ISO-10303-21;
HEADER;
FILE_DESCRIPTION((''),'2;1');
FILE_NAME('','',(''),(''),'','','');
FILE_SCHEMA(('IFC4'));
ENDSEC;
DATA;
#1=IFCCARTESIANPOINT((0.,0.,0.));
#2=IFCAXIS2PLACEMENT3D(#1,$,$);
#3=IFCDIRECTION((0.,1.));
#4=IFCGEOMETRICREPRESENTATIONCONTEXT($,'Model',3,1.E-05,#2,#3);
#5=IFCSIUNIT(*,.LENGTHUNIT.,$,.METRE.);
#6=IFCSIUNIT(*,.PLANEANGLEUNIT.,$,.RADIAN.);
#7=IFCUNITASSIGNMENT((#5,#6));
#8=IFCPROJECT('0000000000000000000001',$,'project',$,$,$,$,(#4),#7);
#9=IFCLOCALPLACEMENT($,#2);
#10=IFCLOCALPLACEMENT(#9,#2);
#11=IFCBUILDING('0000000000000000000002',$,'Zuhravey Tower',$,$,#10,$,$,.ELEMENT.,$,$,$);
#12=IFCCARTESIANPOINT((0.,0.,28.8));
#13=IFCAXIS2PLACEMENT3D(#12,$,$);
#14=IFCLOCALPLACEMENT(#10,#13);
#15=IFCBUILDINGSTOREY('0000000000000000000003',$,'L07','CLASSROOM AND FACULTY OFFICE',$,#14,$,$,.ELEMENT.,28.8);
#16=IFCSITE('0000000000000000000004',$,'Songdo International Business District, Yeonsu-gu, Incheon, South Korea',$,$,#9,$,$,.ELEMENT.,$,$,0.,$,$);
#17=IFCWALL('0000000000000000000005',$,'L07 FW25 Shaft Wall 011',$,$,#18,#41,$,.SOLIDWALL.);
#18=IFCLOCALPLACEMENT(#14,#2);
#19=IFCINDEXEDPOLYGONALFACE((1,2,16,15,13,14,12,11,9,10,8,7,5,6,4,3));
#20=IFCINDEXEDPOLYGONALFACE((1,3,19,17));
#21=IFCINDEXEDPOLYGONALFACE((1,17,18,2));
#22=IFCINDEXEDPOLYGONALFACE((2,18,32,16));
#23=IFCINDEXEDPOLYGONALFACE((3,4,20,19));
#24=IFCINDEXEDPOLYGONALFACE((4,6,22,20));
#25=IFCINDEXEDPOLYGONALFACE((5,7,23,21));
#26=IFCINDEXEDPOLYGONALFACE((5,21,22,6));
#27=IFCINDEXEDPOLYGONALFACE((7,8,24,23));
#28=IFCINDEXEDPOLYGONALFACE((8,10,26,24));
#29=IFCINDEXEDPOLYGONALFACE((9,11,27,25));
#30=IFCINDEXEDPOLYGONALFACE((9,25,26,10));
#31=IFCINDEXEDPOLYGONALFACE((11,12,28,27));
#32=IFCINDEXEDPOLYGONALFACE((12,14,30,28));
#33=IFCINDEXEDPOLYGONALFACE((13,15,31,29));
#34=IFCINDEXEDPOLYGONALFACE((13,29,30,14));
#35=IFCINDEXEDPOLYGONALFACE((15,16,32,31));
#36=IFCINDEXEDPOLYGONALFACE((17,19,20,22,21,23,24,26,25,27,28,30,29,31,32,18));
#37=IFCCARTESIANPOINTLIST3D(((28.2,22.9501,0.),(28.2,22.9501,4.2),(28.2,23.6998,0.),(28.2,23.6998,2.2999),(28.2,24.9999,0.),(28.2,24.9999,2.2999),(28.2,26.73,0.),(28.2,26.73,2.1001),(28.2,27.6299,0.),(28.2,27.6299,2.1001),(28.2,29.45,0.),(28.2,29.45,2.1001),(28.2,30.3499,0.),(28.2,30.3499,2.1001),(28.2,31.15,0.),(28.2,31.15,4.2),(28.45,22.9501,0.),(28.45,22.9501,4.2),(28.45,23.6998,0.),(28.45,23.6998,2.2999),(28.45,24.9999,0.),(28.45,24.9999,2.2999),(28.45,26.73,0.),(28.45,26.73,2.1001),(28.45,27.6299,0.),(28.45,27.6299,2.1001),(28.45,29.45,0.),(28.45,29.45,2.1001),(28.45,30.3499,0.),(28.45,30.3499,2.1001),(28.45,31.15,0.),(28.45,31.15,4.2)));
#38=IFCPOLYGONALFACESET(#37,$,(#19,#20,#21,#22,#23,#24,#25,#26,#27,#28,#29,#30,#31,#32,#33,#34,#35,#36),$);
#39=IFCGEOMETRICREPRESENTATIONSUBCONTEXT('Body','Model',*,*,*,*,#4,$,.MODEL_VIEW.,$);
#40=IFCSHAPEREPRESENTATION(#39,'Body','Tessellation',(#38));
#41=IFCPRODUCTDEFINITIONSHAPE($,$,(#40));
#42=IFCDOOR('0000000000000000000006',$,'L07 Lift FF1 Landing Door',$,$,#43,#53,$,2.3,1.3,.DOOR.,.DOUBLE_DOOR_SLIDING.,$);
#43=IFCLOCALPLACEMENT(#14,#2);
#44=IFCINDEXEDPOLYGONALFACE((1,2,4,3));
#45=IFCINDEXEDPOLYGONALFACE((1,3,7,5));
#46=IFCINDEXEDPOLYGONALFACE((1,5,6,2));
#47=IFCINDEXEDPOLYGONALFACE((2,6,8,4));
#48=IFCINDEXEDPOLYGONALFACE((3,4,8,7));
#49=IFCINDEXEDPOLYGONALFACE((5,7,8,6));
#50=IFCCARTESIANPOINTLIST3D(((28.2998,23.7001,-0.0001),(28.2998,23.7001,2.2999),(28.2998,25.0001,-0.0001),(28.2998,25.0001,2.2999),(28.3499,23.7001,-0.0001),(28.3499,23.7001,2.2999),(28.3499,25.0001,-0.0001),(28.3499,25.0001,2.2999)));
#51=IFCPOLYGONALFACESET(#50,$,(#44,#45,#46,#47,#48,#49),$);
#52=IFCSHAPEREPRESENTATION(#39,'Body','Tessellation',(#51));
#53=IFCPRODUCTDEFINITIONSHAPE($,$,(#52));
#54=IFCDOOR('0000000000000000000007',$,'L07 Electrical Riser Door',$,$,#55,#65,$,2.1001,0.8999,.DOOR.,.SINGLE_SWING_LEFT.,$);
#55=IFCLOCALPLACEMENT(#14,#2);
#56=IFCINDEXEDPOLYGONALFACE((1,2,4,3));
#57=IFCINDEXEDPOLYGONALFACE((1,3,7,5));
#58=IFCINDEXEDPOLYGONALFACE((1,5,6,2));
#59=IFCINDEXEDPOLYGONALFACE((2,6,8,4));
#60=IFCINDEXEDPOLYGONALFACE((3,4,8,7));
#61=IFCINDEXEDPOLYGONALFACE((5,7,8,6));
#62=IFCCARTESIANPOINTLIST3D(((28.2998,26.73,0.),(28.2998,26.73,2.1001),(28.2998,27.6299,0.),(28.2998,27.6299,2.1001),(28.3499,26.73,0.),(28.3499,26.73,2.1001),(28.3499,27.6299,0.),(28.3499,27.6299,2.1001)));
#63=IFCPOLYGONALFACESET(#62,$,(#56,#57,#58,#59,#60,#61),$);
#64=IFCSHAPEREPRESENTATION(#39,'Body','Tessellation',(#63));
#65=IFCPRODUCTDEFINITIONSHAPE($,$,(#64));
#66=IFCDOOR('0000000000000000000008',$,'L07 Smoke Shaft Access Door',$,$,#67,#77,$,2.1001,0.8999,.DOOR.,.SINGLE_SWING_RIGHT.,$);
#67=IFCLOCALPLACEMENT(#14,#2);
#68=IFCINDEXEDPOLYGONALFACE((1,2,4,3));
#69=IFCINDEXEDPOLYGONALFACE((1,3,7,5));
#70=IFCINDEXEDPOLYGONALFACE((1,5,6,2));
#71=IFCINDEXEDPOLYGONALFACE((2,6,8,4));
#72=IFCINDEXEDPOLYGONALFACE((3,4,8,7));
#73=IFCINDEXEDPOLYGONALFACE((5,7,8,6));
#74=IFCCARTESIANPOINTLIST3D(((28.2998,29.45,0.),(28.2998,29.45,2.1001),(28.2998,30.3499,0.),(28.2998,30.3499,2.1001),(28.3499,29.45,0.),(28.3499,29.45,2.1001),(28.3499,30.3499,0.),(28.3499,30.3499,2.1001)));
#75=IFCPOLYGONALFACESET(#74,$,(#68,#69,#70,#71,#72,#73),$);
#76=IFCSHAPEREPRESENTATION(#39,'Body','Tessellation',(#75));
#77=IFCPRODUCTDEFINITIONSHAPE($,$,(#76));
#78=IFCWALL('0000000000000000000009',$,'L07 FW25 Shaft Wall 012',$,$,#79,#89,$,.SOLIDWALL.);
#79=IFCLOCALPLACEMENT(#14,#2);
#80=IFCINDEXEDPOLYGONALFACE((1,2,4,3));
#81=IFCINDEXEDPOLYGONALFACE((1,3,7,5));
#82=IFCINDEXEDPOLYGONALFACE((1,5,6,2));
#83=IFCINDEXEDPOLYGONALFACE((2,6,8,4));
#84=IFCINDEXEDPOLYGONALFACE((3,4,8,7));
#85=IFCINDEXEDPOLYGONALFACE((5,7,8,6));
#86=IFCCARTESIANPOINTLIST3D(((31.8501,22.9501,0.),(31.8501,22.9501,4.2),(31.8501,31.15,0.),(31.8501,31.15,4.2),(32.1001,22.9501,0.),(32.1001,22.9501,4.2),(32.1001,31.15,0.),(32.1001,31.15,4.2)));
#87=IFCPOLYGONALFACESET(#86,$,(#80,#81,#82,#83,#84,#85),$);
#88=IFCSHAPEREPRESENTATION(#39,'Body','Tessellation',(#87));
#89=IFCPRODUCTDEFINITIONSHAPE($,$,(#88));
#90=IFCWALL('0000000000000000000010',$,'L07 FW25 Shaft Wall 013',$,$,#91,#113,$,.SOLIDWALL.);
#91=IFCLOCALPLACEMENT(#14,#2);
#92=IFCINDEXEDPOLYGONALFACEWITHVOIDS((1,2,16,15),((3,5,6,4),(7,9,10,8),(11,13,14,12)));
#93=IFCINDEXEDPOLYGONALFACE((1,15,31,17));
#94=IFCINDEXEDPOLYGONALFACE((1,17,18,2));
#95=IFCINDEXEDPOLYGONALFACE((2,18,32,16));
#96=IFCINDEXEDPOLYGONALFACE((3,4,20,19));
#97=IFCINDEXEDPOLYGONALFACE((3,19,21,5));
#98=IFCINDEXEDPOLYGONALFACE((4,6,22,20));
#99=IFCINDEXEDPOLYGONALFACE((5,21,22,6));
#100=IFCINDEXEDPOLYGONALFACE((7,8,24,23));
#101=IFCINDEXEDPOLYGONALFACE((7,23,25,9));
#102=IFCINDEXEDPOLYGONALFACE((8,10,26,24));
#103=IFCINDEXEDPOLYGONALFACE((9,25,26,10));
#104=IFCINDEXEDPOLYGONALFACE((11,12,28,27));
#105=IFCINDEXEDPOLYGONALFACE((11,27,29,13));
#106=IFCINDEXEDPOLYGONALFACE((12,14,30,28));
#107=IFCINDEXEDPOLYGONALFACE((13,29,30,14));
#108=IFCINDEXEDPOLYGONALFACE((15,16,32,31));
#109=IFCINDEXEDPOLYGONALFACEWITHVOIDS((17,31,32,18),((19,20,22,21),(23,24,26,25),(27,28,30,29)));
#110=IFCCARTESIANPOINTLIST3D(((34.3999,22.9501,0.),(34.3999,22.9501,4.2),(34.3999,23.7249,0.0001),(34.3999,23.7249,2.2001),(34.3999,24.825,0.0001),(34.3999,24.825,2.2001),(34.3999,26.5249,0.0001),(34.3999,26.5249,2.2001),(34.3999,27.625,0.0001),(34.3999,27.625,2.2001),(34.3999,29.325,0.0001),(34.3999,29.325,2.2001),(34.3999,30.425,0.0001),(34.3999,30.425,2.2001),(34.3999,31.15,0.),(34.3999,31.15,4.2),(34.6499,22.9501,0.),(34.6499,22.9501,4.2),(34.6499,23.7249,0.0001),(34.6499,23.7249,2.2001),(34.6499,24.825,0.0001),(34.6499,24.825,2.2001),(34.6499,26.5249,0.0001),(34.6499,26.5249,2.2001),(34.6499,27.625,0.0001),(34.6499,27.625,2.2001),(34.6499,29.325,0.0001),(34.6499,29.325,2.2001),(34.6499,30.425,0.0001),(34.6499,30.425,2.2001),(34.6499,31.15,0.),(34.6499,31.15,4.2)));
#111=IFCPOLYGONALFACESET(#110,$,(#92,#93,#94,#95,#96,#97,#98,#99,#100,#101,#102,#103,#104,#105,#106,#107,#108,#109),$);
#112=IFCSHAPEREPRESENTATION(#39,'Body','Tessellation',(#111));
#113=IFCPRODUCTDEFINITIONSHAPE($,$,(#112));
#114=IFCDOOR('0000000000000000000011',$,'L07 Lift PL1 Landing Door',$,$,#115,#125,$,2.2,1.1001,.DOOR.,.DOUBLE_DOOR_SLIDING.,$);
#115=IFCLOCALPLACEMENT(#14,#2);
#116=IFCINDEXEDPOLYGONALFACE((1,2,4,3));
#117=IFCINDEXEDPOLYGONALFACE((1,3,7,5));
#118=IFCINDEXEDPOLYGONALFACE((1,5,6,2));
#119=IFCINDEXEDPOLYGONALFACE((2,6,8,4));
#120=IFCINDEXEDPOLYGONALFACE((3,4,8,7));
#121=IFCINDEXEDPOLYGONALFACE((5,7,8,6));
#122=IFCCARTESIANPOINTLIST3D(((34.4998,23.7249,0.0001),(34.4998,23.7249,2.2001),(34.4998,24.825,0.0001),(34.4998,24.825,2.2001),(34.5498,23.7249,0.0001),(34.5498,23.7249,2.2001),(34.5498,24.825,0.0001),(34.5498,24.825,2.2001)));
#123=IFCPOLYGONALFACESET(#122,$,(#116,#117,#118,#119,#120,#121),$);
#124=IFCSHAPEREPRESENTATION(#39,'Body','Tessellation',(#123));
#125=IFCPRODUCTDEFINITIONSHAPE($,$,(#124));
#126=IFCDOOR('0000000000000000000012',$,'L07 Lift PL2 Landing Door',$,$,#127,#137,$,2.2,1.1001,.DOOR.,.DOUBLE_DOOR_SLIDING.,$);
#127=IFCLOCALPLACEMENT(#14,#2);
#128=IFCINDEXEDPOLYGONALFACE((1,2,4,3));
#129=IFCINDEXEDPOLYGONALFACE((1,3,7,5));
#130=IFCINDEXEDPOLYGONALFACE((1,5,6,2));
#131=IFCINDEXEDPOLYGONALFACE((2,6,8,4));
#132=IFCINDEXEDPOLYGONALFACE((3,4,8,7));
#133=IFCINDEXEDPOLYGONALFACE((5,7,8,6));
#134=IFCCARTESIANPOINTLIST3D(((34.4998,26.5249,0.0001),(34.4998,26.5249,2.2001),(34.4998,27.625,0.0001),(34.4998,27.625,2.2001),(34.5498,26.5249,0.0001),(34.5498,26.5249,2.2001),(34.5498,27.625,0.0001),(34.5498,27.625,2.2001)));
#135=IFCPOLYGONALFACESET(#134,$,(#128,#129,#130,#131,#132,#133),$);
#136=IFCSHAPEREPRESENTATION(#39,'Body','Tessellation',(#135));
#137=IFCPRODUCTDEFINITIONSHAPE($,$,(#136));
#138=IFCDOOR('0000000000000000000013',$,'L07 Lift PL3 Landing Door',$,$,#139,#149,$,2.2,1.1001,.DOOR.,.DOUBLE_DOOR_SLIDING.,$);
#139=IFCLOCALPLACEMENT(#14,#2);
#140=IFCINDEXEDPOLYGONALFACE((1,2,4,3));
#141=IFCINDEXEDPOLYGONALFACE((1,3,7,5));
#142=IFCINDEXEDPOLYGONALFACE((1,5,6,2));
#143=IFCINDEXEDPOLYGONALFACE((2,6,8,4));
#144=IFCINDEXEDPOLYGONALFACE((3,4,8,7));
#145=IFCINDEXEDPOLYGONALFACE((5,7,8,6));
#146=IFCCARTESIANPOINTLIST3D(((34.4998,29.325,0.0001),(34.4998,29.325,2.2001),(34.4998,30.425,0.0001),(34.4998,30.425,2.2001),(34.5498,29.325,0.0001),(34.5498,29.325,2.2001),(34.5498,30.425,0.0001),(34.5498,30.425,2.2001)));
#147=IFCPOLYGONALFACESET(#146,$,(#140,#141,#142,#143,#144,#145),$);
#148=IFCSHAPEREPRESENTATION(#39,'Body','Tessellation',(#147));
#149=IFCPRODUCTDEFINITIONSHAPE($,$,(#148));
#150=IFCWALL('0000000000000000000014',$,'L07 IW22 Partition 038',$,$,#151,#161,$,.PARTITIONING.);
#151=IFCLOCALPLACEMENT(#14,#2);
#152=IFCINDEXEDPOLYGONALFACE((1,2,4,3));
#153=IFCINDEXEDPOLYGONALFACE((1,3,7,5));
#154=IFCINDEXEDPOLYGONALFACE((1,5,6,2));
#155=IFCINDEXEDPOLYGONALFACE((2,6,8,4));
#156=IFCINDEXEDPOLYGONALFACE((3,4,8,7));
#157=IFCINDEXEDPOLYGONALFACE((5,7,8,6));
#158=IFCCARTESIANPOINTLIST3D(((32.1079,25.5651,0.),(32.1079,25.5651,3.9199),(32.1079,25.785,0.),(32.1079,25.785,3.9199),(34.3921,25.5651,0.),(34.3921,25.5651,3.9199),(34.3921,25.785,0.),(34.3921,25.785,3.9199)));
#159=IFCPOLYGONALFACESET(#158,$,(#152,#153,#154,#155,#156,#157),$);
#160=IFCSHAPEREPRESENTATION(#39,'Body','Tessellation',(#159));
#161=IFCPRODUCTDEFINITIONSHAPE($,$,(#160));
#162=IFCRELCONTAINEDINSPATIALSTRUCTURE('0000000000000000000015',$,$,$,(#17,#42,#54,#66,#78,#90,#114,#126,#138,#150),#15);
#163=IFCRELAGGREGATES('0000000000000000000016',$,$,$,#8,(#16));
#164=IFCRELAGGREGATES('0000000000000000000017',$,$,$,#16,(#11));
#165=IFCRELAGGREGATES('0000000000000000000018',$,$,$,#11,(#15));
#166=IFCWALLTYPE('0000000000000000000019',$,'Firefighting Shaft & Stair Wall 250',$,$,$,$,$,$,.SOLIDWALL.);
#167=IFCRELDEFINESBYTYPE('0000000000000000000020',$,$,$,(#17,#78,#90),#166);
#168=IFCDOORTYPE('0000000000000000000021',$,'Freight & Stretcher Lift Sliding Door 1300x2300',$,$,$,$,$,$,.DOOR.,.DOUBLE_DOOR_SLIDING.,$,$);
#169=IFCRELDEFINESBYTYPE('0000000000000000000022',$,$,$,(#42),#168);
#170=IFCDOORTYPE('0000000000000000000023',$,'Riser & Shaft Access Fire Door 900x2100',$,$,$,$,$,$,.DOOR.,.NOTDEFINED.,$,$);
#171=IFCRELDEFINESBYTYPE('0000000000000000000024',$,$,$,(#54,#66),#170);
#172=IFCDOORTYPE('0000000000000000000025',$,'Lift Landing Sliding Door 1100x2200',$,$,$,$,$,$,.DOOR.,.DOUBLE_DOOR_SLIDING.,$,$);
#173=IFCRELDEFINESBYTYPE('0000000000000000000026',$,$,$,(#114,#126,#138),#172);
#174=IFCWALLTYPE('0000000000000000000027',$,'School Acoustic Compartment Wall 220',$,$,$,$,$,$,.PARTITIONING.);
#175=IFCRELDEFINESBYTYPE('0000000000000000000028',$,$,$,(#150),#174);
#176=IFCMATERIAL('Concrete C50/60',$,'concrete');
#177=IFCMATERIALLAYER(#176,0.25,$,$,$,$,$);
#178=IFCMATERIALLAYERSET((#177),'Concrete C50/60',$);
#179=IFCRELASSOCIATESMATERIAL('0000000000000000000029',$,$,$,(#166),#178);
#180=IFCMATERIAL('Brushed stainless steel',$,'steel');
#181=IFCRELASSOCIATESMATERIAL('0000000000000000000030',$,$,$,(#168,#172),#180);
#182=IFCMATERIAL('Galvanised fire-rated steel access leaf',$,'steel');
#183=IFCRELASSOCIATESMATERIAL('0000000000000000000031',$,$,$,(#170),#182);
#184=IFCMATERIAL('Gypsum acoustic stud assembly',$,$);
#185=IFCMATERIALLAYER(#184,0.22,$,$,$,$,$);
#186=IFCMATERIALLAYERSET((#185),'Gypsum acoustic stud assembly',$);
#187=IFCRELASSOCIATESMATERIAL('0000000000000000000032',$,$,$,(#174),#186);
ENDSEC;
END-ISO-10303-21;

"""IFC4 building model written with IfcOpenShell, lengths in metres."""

from ifc_helpers import new_model, si_unit, direction, frame, frame_2d, origin, place, context, subcontext, project, spatial, rectangle, extrude, material, layer, layer_set, type_object, element, fill, save


model = new_model("IFC4")

# Units and contexts
model_context = context("Model", 3, precision=1e-05, world=origin(), true_north=direction((0.0, 1.0)))
body_context = subcontext(model_context, "Body", "Model", "MODEL_VIEW")
ifc_project = project(units=[si_unit("LENGTHUNIT", "METRE"), si_unit("PLANEANGLEUNIT", "RADIAN")], contexts=[model_context])

# Site, building, storey
site_placement = place(None, origin())
site = spatial("IfcSite", under=ifc_project, at=site_placement, Name="Songdo International Business District, Yeonsu-gu, Incheon, South Korea", CompositionType="ELEMENT", RefElevation=0.0)
building_placement = place(site_placement, origin())
building = spatial("IfcBuilding", under=site, at=building_placement, Name="Zuhravey Tower", CompositionType="ELEMENT")
storey_placement = place(building_placement, frame((0.0, 0.0, 28.8)))
storey = spatial("IfcBuildingStorey", under=building, at=storey_placement, Name="L07", Description="CLASSROOM AND FACULTY OFFICE", CompositionType="ELEMENT", Elevation=28.8)

# Shared definitions
ifc_material_1 = material(Name="Concrete C50/60", Category="concrete")
ifc_layer_1 = layer(ifc_material_1, 0.25)
ifc_layer_set_1 = layer_set([ifc_layer_1], Name="Concrete C50/60")
wall_type_1 = type_object("IfcWallType", Name="Firefighting Shaft & Stair Wall 250", PredefinedType="SOLIDWALL", material=ifc_layer_set_1)

# Wall, openings, doors
wall_1_placement = place(storey_placement, frame((28.325, 22.95, 0.0), z_axis=(0.0, 0.0, 1.0), x_axis=(0.0, 1.0, 0.0)))
wall_1 = element("IfcWall", 1, at=wall_1_placement, inside=storey, type_object=wall_type_1, Name="L07 FW25 Shaft Wall 011", PredefinedType="SOLIDWALL", context=body_context, shape_type="SweptSolid", body=[
    extrude(rectangle(XDim=8.2, YDim=0.25, at=frame_2d((4.1001, 0.0))), origin(), (0.0, 0.0, 1.0), 4.2),
])
opening_1_placement = place(wall_1_placement, frame((0.75, 0.0, 0.0)))
opening_1 = element("IfcOpeningElement", 2, at=opening_1_placement, cuts=wall_1, PredefinedType="OPENING", context=body_context, shape_type="SweptSolid", body=[
    extrude(rectangle(XDim=1.3, YDim=2.3, at=frame_2d((0.6499, 1.1499))), frame((0.0, 0.137, 0.0), z_axis=(0.0, -1.0, 0.0), x_axis=(1.0, 0.0, 0.0)), (0.0, 0.0, 1.0), 0.2739),
])
opening_2_placement = place(wall_1_placement, frame((3.78, 0.0, 0.0)))
opening_2 = element("IfcOpeningElement", 3, at=opening_2_placement, cuts=wall_1, PredefinedType="OPENING", context=body_context, shape_type="SweptSolid", body=[
    extrude(rectangle(XDim=0.8999, YDim=2.1001, at=frame_2d((0.45, 1.05))), frame((0.0, 0.137, 0.0), z_axis=(0.0, -1.0, 0.0), x_axis=(1.0, 0.0, 0.0)), (0.0, 0.0, 1.0), 0.2739),
])
opening_3_placement = place(wall_1_placement, frame((6.5, 0.0, 0.0)))
opening_3 = element("IfcOpeningElement", 4, at=opening_3_placement, cuts=wall_1, PredefinedType="OPENING", context=body_context, shape_type="SweptSolid", body=[
    extrude(rectangle(XDim=0.8999, YDim=2.1001, at=frame_2d((0.45, 1.05))), frame((0.0, 0.137, 0.0), z_axis=(0.0, -1.0, 0.0), x_axis=(1.0, 0.0, 0.0)), (0.0, 0.0, 1.0), 0.2739),
])
ifc_material_2 = material(Name="Brushed stainless steel", Category="steel")
door_type_1 = type_object("IfcDoorType", Name="Freight & Stretcher Lift Sliding Door 1300x2300", OperationType="DOUBLE_DOOR_SLIDING", PredefinedType="DOOR", material=ifc_material_2)
door_1_placement = place(opening_1_placement, frame((1.3, 0.0, 0.0), z_axis=(0.0, 0.0, 1.0), x_axis=(-1.0, 0.0, 0.0)))
door_1 = element("IfcDoor", 5, at=door_1_placement, inside=storey, type_object=door_type_1, Name="L07 Lift FF1 Landing Door", OperationType="DOUBLE_DOOR_SLIDING", OverallHeight=2.3, OverallWidth=1.3, PredefinedType="DOOR", context=body_context, shape_type="SweptSolid", body=[
    extrude(rectangle(XDim=1.3, YDim=2.3, at=frame_2d((0.6499, 1.1499))), frame((0.0, 0.0249, 0.0), z_axis=(0.0, -1.0, 0.0), x_axis=(1.0, 0.0, 0.0)), (0.0, 0.0, 1.0), 0.05),
])
fill(opening_1, door_1)
ifc_material_3 = material(Name="Galvanised fire-rated steel access leaf", Category="steel")
door_type_2 = type_object("IfcDoorType", Name="Riser & Shaft Access Fire Door 900x2100", OperationType="NOTDEFINED", PredefinedType="DOOR", material=ifc_material_3)
door_2_placement = place(opening_2_placement, frame((0.8999, 0.0, 0.0), z_axis=(0.0, 0.0, 1.0), x_axis=(-1.0, 0.0, 0.0)))
door_2 = element("IfcDoor", 6, at=door_2_placement, inside=storey, type_object=door_type_2, Name="L07 Electrical Riser Door", OperationType="SINGLE_SWING_LEFT", OverallHeight=2.1001, OverallWidth=0.8999, PredefinedType="DOOR", context=body_context, shape_type="SweptSolid", body=[
    extrude(rectangle(XDim=0.8999, YDim=2.1001, at=frame_2d((0.45, 1.05))), frame((0.0, 0.0249, 0.0), z_axis=(0.0, -1.0, 0.0), x_axis=(1.0, 0.0, 0.0)), (0.0, 0.0, 1.0), 0.05),
])
fill(opening_2, door_2)
door_3_placement = place(opening_3_placement, frame((0.8999, 0.0, 0.0), z_axis=(0.0, 0.0, 1.0), x_axis=(-1.0, 0.0, 0.0)))
door_3 = element("IfcDoor", 7, at=door_3_placement, inside=storey, type_object=door_type_2, Name="L07 Smoke Shaft Access Door", OperationType="SINGLE_SWING_RIGHT", OverallHeight=2.1001, OverallWidth=0.8999, PredefinedType="DOOR", context=body_context, shape_type="SweptSolid", body=[
    extrude(rectangle(XDim=0.8999, YDim=2.1001, at=frame_2d((0.45, 1.05))), frame((0.0, 0.0249, 0.0), z_axis=(0.0, -1.0, 0.0), x_axis=(1.0, 0.0, 0.0)), (0.0, 0.0, 1.0), 0.05),
])
fill(opening_3, door_3)

# Wall
wall_2_placement = place(storey_placement, frame((31.9751, 22.95, 0.0), z_axis=(0.0, 0.0, 1.0), x_axis=(0.0, 1.0, 0.0)))
element("IfcWall", 8, at=wall_2_placement, inside=storey, type_object=wall_type_1, Name="L07 FW25 Shaft Wall 012", PredefinedType="SOLIDWALL", context=body_context, shape_type="SweptSolid", body=[
    extrude(rectangle(XDim=8.2, YDim=0.25, at=frame_2d((4.1001, 0.0))), origin(), (0.0, 0.0, 1.0), 4.2),
])

# Wall, openings, doors
wall_3_placement = place(storey_placement, frame((34.5249, 22.95, 0.0), z_axis=(0.0, 0.0, 1.0), x_axis=(0.0, 1.0, 0.0)))
wall_3 = element("IfcWall", 9, at=wall_3_placement, inside=storey, type_object=wall_type_1, Name="L07 FW25 Shaft Wall 013", PredefinedType="SOLIDWALL", context=body_context, shape_type="SweptSolid", body=[
    extrude(rectangle(XDim=8.2, YDim=0.25, at=frame_2d((4.1001, 0.0))), origin(), (0.0, 0.0, 1.0), 4.2),
])
opening_4_placement = place(wall_3_placement, frame((0.7749, 0.0, 0.0)))
opening_4 = element("IfcOpeningElement", 10, at=opening_4_placement, cuts=wall_3, PredefinedType="OPENING", context=body_context, shape_type="SweptSolid", body=[
    extrude(rectangle(XDim=1.1001, YDim=2.2, at=frame_2d((0.55, 1.1001))), frame((0.0, 0.137, 0.0), z_axis=(0.0, -1.0, 0.0), x_axis=(1.0, 0.0, 0.0)), (0.0, 0.0, 1.0), 0.2739),
])
opening_5_placement = place(wall_3_placement, frame((3.575, 0.0, 0.0)))
opening_5 = element("IfcOpeningElement", 11, at=opening_5_placement, cuts=wall_3, PredefinedType="OPENING", context=body_context, shape_type="SweptSolid", body=[
    extrude(rectangle(XDim=1.1001, YDim=2.2, at=frame_2d((0.55, 1.1001))), frame((0.0, 0.137, 0.0), z_axis=(0.0, -1.0, 0.0), x_axis=(1.0, 0.0, 0.0)), (0.0, 0.0, 1.0), 0.2739),
])
opening_6_placement = place(wall_3_placement, frame((6.375, 0.0, 0.0)))
opening_6 = element("IfcOpeningElement", 12, at=opening_6_placement, cuts=wall_3, PredefinedType="OPENING", context=body_context, shape_type="SweptSolid", body=[
    extrude(rectangle(XDim=1.1001, YDim=2.2, at=frame_2d((0.55, 1.1001))), frame((0.0, 0.137, 0.0), z_axis=(0.0, -1.0, 0.0), x_axis=(1.0, 0.0, 0.0)), (0.0, 0.0, 1.0), 0.2739),
])
door_type_3 = type_object("IfcDoorType", Name="Lift Landing Sliding Door 1100x2200", OperationType="DOUBLE_DOOR_SLIDING", PredefinedType="DOOR", material=ifc_material_2)
door_4_placement = place(opening_4_placement, frame((1.1001, 0.0, 0.0), z_axis=(0.0, 0.0, 1.0), x_axis=(-1.0, 0.0, 0.0)))
door_4 = element("IfcDoor", 13, at=door_4_placement, inside=storey, type_object=door_type_3, Name="L07 Lift PL1 Landing Door", OperationType="DOUBLE_DOOR_SLIDING", OverallHeight=2.2, OverallWidth=1.1001, PredefinedType="DOOR", context=body_context, shape_type="SweptSolid", body=[
    extrude(rectangle(XDim=1.1001, YDim=2.2, at=frame_2d((0.55, 1.1001))), frame((0.0, 0.0249, 0.0), z_axis=(0.0, -1.0, 0.0), x_axis=(1.0, 0.0, 0.0)), (0.0, 0.0, 1.0), 0.05),
])
fill(opening_4, door_4)
door_5_placement = place(opening_5_placement, frame((1.1001, 0.0, 0.0), z_axis=(0.0, 0.0, 1.0), x_axis=(-1.0, 0.0, 0.0)))
door_5 = element("IfcDoor", 14, at=door_5_placement, inside=storey, type_object=door_type_3, Name="L07 Lift PL2 Landing Door", OperationType="DOUBLE_DOOR_SLIDING", OverallHeight=2.2, OverallWidth=1.1001, PredefinedType="DOOR", context=body_context, shape_type="SweptSolid", body=[
    extrude(rectangle(XDim=1.1001, YDim=2.2, at=frame_2d((0.55, 1.1001))), frame((0.0, 0.0249, 0.0), z_axis=(0.0, -1.0, 0.0), x_axis=(1.0, 0.0, 0.0)), (0.0, 0.0, 1.0), 0.05),
])
fill(opening_5, door_5)
door_6_placement = place(opening_6_placement, frame((1.1001, 0.0, 0.0), z_axis=(0.0, 0.0, 1.0), x_axis=(-1.0, 0.0, 0.0)))
door_6 = element("IfcDoor", 15, at=door_6_placement, inside=storey, type_object=door_type_3, Name="L07 Lift PL3 Landing Door", OperationType="DOUBLE_DOOR_SLIDING", OverallHeight=2.2, OverallWidth=1.1001, PredefinedType="DOOR", context=body_context, shape_type="SweptSolid", body=[
    extrude(rectangle(XDim=1.1001, YDim=2.2, at=frame_2d((0.55, 1.1001))), frame((0.0, 0.0249, 0.0), z_axis=(0.0, -1.0, 0.0), x_axis=(1.0, 0.0, 0.0)), (0.0, 0.0, 1.0), 0.05),
])
fill(opening_6, door_6)

# Wall
ifc_material_4 = material(Name="Gypsum acoustic stud assembly")
ifc_layer_2 = layer(ifc_material_4, 0.22)
ifc_layer_set_2 = layer_set([ifc_layer_2], Name="Gypsum acoustic stud assembly")
wall_type_2 = type_object("IfcWallType", Name="School Acoustic Compartment Wall 220", PredefinedType="PARTITIONING", material=ifc_layer_set_2)
for number, where, z_axis, x_axis, name in (
    (16, (32.1079, 25.675, 0.0), (0.0, 0.0, 1.0), (1.0, 0.0, 0.0), "L07 IW22 Partition 038"),
):
    element("IfcWall", number, at=place(storey_placement, frame(where, z_axis=z_axis, x_axis=x_axis)), inside=storey, type_object=wall_type_2, Name=name, PredefinedType="PARTITIONING", context=body_context, shape_type="SweptSolid", body=[
        extrude(rectangle(XDim=2.2842, YDim=0.22, at=frame_2d((1.1421, 0.0))), origin(), (0.0, 0.0, 1.0), 3.9199),
    ])

save(model, "model.ifc")
